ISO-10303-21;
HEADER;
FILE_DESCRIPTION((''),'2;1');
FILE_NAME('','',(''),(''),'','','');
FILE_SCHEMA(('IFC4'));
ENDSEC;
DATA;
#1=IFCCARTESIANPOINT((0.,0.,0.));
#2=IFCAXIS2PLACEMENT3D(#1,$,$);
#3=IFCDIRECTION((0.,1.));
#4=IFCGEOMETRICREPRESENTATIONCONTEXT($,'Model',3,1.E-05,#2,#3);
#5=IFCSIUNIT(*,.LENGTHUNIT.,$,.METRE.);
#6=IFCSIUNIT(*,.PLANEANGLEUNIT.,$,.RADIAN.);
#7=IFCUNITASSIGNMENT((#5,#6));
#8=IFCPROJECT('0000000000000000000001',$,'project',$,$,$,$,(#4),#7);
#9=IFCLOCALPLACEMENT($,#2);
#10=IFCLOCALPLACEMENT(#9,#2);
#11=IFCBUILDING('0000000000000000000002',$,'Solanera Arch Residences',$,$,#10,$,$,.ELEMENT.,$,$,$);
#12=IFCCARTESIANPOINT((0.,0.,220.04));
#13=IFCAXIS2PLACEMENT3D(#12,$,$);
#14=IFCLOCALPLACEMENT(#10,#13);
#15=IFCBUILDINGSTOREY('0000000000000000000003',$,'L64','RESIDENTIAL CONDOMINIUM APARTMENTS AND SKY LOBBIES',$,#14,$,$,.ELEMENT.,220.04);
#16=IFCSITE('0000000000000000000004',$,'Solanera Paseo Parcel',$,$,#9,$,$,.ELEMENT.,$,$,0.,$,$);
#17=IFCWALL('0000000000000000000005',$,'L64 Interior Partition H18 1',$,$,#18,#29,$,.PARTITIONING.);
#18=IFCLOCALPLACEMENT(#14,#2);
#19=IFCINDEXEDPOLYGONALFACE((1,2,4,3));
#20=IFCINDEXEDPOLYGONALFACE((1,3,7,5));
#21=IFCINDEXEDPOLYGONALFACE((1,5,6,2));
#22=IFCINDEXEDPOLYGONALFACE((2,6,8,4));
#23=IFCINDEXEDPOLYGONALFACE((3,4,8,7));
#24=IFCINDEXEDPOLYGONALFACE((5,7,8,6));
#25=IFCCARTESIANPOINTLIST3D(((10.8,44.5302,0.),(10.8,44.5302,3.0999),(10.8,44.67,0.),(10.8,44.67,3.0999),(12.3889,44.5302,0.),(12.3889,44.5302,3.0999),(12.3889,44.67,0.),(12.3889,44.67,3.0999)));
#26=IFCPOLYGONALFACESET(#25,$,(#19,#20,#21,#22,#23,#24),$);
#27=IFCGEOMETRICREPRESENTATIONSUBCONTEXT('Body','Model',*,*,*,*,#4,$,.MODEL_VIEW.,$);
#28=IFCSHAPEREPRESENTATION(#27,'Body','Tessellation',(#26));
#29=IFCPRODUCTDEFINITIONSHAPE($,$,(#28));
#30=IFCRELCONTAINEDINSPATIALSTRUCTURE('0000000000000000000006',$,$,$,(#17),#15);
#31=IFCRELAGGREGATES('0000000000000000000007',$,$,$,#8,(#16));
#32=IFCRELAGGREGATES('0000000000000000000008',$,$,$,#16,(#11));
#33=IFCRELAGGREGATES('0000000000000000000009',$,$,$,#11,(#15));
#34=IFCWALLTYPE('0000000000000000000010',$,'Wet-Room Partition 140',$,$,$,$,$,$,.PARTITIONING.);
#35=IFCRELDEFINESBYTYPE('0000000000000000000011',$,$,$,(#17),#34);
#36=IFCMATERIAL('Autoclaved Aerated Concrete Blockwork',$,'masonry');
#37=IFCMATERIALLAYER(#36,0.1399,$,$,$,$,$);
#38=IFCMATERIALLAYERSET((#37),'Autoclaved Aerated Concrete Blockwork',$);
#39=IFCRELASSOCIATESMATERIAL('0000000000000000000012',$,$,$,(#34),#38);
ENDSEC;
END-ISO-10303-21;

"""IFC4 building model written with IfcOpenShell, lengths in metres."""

from ifc_helpers import new_model, si_unit, direction, frame, frame_2d, origin, place, context, subcontext, project, spatial, rectangle, extrude, material, layer, layer_set, type_object, element, save


model = new_model("IFC4")

# Units and contexts
model_context = context("Model", 3, precision=1e-05, world=origin(), true_north=direction((0.0, 1.0)))
body_context = subcontext(model_context, "Body", "Model", "MODEL_VIEW")
ifc_project = project(units=[si_unit("LENGTHUNIT", "METRE"), si_unit("PLANEANGLEUNIT", "RADIAN")], contexts=[model_context])

# Site, building, storey
site_placement = place(None, origin())
site = spatial("IfcSite", under=ifc_project, at=site_placement, Name="Solanera Paseo Parcel", CompositionType="ELEMENT", RefElevation=0.0)
building_placement = place(site_placement, origin())
building = spatial("IfcBuilding", under=site, at=building_placement, Name="Solanera Arch Residences", CompositionType="ELEMENT")
storey_placement = place(building_placement, frame((0.0, 0.0, 220.04)))
storey = spatial("IfcBuildingStorey", under=building, at=storey_placement, Name="L64", Description="RESIDENTIAL CONDOMINIUM APARTMENTS AND SKY LOBBIES", CompositionType="ELEMENT", Elevation=220.04)

# Wall
ifc_material_1 = material(Name="Autoclaved Aerated Concrete Blockwork", Category="masonry")
ifc_layer_1 = layer(ifc_material_1, 0.1399)
ifc_layer_set_1 = layer_set([ifc_layer_1], Name="Autoclaved Aerated Concrete Blockwork")
wall_type_1 = type_object("IfcWallType", Name="Wet-Room Partition 140", PredefinedType="PARTITIONING", material=ifc_layer_set_1)
wall_1_placement = place(storey_placement, frame((10.8, 44.6001, 0.0), z_axis=(0.0, 0.0, 1.0), x_axis=(1.0, 0.0, 0.0)))
element("IfcWall", 1, at=wall_1_placement, inside=storey, type_object=wall_type_1, Name="L64 Interior Partition H18 1", PredefinedType="PARTITIONING", context=body_context, shape_type="SweptSolid", body=[
    extrude(rectangle(XDim=1.5889, YDim=0.1399, at=frame_2d((0.7944, 0.0))), origin(), (0.0, 0.0, 1.0), 3.0999),
])

save(model, "model.ifc")
